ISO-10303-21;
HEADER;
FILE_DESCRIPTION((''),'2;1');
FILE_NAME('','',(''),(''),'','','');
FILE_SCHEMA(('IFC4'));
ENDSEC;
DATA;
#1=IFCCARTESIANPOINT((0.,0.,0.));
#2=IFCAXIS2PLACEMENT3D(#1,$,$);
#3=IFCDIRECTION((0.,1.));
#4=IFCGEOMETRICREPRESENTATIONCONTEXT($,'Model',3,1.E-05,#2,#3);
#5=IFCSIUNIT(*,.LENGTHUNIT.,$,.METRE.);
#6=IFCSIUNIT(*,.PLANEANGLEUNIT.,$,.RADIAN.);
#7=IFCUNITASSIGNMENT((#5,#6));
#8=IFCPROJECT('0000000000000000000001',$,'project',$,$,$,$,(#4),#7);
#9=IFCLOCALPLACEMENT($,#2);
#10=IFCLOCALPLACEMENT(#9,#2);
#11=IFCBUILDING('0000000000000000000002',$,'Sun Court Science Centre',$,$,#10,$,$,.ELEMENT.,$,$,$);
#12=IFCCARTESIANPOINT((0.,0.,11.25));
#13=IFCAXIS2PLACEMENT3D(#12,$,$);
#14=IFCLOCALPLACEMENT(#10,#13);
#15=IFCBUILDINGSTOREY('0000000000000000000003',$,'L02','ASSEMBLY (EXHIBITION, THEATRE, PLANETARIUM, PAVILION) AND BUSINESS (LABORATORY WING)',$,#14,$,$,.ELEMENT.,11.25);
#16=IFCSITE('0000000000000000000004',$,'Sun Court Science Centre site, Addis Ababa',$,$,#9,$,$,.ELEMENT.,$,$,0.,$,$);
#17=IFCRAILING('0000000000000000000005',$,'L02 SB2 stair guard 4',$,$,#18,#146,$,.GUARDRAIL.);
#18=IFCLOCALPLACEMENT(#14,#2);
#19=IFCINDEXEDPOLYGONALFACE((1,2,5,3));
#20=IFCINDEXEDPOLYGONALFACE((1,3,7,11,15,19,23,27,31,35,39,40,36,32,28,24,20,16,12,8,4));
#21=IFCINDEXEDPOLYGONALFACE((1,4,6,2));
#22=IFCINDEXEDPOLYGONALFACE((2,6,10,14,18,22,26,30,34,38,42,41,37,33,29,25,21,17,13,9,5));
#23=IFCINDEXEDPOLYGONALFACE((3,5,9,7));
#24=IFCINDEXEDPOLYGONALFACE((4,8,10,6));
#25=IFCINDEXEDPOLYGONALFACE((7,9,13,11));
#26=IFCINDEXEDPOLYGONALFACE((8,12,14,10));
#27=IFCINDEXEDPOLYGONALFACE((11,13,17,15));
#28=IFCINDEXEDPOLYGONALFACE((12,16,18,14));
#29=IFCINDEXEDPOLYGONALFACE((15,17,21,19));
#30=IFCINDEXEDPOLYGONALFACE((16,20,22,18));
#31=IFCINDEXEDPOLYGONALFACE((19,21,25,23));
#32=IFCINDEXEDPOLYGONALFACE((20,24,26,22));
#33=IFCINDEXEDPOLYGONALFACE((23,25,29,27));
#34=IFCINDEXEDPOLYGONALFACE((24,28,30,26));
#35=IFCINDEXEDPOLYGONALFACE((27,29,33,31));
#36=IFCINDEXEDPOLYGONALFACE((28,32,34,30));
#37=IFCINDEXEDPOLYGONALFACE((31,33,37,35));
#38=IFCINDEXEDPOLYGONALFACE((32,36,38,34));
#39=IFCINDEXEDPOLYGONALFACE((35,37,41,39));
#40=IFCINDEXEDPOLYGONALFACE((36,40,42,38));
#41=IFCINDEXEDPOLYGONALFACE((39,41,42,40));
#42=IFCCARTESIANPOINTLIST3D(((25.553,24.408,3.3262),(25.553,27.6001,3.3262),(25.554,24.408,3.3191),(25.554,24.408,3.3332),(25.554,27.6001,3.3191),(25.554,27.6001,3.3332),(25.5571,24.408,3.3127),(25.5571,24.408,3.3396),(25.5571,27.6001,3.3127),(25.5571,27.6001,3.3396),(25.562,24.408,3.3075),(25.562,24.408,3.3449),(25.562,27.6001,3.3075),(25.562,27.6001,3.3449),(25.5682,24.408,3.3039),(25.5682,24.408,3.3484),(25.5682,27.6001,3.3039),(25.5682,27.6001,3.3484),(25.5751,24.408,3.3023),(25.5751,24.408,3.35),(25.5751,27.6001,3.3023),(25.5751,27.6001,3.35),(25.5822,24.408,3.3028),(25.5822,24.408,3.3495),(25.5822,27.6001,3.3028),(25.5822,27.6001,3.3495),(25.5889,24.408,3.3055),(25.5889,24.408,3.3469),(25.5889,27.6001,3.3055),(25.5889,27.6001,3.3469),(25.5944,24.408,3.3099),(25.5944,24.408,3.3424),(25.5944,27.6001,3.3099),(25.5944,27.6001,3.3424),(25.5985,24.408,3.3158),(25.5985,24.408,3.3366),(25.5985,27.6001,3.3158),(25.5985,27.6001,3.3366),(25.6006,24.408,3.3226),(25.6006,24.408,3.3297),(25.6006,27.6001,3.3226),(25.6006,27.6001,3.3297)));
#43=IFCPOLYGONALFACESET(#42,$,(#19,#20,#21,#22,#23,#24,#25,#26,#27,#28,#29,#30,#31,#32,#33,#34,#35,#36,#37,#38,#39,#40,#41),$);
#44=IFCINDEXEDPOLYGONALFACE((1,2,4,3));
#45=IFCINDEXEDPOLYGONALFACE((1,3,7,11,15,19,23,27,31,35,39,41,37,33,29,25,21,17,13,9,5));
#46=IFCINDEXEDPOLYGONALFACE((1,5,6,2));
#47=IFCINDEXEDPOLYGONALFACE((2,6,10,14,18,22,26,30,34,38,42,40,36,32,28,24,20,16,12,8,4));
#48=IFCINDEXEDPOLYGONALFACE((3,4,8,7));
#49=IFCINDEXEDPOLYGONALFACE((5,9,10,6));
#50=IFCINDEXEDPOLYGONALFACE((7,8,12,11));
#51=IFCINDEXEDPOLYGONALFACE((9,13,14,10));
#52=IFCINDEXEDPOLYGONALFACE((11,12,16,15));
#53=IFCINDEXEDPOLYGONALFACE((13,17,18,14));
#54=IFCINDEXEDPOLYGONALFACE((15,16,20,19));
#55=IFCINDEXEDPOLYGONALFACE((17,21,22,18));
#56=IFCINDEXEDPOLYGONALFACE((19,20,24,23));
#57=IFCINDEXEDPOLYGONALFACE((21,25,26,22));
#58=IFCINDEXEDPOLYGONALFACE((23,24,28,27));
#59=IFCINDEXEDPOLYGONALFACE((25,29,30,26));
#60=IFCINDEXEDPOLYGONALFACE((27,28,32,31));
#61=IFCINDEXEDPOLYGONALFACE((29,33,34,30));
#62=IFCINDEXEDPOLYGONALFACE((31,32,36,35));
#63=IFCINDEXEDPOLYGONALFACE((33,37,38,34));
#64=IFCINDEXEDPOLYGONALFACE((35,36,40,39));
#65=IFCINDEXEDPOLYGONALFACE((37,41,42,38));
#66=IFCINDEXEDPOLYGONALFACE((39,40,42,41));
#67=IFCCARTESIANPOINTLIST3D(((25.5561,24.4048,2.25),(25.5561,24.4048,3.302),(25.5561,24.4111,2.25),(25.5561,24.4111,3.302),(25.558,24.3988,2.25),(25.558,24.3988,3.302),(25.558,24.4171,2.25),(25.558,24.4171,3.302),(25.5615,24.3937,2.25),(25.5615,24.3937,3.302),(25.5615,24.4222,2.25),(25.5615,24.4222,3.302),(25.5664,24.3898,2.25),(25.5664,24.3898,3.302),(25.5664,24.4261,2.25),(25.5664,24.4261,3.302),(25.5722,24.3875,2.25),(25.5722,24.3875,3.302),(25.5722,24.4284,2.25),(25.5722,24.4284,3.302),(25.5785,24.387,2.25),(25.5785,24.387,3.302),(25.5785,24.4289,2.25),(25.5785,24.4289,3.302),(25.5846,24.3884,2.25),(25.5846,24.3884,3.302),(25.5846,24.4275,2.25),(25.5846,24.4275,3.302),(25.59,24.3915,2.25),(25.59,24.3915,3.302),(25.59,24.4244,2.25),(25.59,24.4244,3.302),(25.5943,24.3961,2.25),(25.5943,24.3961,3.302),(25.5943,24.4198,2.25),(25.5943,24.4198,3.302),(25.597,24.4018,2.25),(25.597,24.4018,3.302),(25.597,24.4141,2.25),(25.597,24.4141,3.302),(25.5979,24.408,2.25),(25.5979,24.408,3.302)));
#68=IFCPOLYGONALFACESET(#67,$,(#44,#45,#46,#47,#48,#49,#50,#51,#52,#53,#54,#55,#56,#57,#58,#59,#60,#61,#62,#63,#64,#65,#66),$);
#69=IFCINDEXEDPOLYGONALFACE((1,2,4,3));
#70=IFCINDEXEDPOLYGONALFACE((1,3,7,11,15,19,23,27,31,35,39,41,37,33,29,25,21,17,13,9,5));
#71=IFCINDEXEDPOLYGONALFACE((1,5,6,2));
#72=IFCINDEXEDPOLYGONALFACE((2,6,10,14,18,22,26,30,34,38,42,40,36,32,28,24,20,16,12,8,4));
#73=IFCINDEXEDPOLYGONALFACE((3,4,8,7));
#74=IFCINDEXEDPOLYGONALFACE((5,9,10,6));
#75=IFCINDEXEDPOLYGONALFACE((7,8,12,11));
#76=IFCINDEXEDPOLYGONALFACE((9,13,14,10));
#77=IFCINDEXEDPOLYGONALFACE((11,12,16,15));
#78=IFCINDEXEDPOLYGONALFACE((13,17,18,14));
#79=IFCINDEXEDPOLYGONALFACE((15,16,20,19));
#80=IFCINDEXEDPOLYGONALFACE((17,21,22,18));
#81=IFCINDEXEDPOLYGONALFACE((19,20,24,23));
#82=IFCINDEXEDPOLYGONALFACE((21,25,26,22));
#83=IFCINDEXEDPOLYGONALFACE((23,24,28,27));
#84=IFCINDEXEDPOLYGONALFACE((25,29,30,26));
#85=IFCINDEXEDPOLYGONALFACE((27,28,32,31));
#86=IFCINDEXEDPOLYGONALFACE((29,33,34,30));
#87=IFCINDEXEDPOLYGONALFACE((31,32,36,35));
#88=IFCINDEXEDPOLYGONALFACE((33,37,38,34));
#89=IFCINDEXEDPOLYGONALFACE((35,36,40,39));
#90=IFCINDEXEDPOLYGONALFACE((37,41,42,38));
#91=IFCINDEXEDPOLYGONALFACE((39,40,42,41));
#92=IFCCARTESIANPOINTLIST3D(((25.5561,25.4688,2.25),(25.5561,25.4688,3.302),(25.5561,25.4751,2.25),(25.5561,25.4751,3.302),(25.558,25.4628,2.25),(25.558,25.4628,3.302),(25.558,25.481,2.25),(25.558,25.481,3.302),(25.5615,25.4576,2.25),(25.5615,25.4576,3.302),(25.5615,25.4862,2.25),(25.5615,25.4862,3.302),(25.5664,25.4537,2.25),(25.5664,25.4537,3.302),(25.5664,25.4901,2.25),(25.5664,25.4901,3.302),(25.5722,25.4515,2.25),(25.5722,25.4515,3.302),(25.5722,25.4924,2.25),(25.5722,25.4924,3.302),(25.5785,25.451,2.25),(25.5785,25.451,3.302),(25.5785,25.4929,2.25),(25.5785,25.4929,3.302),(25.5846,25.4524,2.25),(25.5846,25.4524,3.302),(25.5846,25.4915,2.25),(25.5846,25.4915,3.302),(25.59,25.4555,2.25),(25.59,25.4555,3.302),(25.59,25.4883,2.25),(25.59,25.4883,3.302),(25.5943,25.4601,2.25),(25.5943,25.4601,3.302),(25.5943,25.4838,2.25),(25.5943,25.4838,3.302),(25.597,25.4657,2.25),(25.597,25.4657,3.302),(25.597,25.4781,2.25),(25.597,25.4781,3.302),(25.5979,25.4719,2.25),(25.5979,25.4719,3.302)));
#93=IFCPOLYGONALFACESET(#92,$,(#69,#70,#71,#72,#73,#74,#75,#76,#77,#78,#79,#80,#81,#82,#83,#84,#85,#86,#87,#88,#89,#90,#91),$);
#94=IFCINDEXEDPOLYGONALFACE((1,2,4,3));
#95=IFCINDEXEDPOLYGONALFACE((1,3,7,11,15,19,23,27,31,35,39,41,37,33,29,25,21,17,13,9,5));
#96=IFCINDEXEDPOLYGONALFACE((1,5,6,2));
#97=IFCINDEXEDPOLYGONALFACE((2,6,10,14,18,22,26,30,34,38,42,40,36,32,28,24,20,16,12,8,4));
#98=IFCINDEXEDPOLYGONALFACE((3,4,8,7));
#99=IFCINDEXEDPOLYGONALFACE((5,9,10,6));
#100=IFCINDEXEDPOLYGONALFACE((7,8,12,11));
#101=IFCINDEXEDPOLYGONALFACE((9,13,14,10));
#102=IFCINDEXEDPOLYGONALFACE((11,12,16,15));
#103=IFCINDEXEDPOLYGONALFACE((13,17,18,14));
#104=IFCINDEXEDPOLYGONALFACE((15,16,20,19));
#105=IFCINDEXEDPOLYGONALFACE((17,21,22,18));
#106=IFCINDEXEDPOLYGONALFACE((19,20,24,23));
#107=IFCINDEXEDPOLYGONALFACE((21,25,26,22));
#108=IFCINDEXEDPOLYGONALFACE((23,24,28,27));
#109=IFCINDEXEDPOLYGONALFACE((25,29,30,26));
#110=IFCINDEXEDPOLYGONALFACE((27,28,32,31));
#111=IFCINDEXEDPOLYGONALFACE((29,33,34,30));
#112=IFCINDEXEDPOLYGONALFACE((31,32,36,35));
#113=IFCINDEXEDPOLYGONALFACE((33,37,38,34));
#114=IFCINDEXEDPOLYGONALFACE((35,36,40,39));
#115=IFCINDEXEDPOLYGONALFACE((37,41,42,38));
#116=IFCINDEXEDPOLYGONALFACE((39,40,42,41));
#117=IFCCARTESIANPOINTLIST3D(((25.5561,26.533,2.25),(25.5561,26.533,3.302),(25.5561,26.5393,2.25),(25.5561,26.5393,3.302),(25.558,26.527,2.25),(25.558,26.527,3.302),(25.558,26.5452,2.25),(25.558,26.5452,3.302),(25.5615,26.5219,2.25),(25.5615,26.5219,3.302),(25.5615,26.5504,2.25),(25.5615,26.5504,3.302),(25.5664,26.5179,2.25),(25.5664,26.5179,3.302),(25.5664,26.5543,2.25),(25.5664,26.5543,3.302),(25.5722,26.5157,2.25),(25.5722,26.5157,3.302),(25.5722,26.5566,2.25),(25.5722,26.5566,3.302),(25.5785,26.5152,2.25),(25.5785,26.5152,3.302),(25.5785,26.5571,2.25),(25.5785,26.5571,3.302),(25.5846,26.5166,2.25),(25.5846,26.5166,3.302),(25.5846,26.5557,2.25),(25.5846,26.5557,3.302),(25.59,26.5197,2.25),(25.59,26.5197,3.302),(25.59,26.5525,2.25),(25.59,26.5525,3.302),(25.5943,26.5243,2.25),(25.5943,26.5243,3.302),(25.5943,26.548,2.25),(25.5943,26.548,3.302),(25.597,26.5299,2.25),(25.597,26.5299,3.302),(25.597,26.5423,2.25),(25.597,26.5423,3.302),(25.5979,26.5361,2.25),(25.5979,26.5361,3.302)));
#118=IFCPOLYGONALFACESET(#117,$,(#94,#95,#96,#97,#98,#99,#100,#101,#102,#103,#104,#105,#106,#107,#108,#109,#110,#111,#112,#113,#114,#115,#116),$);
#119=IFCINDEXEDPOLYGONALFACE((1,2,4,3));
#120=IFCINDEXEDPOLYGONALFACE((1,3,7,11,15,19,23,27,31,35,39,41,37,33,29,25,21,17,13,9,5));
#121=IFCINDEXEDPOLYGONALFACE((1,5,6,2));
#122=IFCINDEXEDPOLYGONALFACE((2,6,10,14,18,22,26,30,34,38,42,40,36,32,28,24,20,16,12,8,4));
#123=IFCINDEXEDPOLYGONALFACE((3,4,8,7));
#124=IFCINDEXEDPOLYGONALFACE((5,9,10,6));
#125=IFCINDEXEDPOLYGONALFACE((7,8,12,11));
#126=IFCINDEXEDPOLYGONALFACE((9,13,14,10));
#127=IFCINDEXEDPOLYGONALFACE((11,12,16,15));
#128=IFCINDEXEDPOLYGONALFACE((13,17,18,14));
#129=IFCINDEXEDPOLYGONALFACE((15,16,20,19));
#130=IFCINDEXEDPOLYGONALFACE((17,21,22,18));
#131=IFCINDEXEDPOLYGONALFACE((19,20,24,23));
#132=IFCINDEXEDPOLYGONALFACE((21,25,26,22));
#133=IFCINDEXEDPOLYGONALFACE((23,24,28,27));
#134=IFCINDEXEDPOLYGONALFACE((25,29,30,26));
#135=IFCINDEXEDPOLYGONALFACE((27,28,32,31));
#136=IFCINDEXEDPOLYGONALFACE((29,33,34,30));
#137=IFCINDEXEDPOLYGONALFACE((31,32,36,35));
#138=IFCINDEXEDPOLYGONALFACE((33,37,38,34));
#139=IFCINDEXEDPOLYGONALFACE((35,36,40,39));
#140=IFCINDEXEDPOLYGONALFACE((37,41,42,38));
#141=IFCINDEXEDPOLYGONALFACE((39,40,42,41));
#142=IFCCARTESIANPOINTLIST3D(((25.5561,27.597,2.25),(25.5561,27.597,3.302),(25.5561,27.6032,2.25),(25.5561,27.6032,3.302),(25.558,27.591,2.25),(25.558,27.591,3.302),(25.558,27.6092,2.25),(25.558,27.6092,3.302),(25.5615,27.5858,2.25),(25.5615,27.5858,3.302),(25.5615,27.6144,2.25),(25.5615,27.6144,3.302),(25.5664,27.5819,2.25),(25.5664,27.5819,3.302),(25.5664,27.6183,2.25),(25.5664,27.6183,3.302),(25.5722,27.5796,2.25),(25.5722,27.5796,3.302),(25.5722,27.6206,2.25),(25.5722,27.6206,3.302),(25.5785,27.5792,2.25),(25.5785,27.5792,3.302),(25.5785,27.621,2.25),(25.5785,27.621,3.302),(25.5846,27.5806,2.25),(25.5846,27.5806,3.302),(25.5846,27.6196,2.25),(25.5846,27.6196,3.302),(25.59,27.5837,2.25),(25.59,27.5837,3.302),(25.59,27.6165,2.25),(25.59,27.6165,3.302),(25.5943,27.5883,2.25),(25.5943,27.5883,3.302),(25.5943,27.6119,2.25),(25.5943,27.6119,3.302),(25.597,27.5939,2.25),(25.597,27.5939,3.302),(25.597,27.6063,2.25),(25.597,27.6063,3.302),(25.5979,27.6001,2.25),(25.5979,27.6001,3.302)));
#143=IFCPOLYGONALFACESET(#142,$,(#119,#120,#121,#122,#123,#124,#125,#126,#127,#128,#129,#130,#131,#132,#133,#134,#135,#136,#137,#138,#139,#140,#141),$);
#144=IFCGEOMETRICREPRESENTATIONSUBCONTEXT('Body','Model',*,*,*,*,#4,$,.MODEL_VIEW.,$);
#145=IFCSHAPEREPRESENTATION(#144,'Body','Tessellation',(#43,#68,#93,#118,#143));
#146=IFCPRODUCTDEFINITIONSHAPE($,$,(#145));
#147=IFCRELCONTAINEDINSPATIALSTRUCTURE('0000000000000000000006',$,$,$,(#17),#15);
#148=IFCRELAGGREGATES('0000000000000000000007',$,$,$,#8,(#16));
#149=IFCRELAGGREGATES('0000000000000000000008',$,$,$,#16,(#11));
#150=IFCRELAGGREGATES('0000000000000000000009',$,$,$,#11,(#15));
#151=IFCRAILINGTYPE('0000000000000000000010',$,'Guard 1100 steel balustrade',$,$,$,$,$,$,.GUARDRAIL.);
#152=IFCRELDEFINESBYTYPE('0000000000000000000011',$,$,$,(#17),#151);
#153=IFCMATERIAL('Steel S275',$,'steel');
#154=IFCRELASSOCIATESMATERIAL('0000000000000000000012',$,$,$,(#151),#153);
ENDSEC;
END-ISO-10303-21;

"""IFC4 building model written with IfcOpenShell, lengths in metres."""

from ifc_helpers import new_model, si_unit, direction, frame, origin, origin_2d, place, context, subcontext, project, spatial, circle, extrude, material, type_object, element, save


model = new_model("IFC4")

# Units and contexts
model_context = context("Model", 3, precision=1e-05, world=origin(), true_north=direction((0.0, 1.0)))
body_context = subcontext(model_context, "Body", "Model", "MODEL_VIEW")
ifc_project = project(units=[si_unit("LENGTHUNIT", "METRE"), si_unit("PLANEANGLEUNIT", "RADIAN")], contexts=[model_context])

# Site, building, storey
site_placement = place(None, origin())
site = spatial("IfcSite", under=ifc_project, at=site_placement, Name="Sun Court Science Centre site, Addis Ababa", CompositionType="ELEMENT", RefElevation=0.0)
building_placement = place(site_placement, origin())
building = spatial("IfcBuilding", under=site, at=building_placement, Name="Sun Court Science Centre", CompositionType="ELEMENT")
storey_placement = place(building_placement, frame((0.0, 0.0, 11.25)))
storey = spatial("IfcBuildingStorey", under=building, at=storey_placement, Name="L02", Description="ASSEMBLY (EXHIBITION, THEATRE, PLANETARIUM, PAVILION) AND BUSINESS (LABORATORY WING)", CompositionType="ELEMENT", Elevation=11.25)

# Railing
ifc_material_1 = material(Name="Steel S275", Category="steel")
railing_type_1 = type_object("IfcRailingType", Name="Guard 1100 steel balustrade", PredefinedType="GUARDRAIL", material=ifc_material_1)
railing_1_placement = place(storey_placement, frame((25.5769, 24.408, 2.25)))
element("IfcRailing", 1, at=railing_1_placement, inside=storey, type_object=railing_type_1, Name="L02 SB2 stair guard 4", PredefinedType="GUARDRAIL", context=body_context, shape_type="SweptSolid", body=[
    extrude(circle(Radius=0.0239, at=origin_2d()), frame((0.0, 0.0, 1.0762), z_axis=(0.0, 1.0, 0.0), x_axis=(-1.0, 0.0, 0.0)), (0.0, 0.0, 1.0), 3.1921),
    extrude(circle(Radius=0.021, at=origin_2d()), origin(), (0.0, 0.0, 1.0), 1.052),
    extrude(circle(Radius=0.021, at=origin_2d()), frame((0.0, 1.064, 0.0)), (0.0, 0.0, 1.0), 1.052),
    extrude(circle(Radius=0.021, at=origin_2d()), frame((0.0, 2.1282, 0.0)), (0.0, 0.0, 1.0), 1.052),
    extrude(circle(Radius=0.021, at=origin_2d()), frame((0.0, 3.1921, 0.0)), (0.0, 0.0, 1.0), 1.052),
])

save(model, "model.ifc")
